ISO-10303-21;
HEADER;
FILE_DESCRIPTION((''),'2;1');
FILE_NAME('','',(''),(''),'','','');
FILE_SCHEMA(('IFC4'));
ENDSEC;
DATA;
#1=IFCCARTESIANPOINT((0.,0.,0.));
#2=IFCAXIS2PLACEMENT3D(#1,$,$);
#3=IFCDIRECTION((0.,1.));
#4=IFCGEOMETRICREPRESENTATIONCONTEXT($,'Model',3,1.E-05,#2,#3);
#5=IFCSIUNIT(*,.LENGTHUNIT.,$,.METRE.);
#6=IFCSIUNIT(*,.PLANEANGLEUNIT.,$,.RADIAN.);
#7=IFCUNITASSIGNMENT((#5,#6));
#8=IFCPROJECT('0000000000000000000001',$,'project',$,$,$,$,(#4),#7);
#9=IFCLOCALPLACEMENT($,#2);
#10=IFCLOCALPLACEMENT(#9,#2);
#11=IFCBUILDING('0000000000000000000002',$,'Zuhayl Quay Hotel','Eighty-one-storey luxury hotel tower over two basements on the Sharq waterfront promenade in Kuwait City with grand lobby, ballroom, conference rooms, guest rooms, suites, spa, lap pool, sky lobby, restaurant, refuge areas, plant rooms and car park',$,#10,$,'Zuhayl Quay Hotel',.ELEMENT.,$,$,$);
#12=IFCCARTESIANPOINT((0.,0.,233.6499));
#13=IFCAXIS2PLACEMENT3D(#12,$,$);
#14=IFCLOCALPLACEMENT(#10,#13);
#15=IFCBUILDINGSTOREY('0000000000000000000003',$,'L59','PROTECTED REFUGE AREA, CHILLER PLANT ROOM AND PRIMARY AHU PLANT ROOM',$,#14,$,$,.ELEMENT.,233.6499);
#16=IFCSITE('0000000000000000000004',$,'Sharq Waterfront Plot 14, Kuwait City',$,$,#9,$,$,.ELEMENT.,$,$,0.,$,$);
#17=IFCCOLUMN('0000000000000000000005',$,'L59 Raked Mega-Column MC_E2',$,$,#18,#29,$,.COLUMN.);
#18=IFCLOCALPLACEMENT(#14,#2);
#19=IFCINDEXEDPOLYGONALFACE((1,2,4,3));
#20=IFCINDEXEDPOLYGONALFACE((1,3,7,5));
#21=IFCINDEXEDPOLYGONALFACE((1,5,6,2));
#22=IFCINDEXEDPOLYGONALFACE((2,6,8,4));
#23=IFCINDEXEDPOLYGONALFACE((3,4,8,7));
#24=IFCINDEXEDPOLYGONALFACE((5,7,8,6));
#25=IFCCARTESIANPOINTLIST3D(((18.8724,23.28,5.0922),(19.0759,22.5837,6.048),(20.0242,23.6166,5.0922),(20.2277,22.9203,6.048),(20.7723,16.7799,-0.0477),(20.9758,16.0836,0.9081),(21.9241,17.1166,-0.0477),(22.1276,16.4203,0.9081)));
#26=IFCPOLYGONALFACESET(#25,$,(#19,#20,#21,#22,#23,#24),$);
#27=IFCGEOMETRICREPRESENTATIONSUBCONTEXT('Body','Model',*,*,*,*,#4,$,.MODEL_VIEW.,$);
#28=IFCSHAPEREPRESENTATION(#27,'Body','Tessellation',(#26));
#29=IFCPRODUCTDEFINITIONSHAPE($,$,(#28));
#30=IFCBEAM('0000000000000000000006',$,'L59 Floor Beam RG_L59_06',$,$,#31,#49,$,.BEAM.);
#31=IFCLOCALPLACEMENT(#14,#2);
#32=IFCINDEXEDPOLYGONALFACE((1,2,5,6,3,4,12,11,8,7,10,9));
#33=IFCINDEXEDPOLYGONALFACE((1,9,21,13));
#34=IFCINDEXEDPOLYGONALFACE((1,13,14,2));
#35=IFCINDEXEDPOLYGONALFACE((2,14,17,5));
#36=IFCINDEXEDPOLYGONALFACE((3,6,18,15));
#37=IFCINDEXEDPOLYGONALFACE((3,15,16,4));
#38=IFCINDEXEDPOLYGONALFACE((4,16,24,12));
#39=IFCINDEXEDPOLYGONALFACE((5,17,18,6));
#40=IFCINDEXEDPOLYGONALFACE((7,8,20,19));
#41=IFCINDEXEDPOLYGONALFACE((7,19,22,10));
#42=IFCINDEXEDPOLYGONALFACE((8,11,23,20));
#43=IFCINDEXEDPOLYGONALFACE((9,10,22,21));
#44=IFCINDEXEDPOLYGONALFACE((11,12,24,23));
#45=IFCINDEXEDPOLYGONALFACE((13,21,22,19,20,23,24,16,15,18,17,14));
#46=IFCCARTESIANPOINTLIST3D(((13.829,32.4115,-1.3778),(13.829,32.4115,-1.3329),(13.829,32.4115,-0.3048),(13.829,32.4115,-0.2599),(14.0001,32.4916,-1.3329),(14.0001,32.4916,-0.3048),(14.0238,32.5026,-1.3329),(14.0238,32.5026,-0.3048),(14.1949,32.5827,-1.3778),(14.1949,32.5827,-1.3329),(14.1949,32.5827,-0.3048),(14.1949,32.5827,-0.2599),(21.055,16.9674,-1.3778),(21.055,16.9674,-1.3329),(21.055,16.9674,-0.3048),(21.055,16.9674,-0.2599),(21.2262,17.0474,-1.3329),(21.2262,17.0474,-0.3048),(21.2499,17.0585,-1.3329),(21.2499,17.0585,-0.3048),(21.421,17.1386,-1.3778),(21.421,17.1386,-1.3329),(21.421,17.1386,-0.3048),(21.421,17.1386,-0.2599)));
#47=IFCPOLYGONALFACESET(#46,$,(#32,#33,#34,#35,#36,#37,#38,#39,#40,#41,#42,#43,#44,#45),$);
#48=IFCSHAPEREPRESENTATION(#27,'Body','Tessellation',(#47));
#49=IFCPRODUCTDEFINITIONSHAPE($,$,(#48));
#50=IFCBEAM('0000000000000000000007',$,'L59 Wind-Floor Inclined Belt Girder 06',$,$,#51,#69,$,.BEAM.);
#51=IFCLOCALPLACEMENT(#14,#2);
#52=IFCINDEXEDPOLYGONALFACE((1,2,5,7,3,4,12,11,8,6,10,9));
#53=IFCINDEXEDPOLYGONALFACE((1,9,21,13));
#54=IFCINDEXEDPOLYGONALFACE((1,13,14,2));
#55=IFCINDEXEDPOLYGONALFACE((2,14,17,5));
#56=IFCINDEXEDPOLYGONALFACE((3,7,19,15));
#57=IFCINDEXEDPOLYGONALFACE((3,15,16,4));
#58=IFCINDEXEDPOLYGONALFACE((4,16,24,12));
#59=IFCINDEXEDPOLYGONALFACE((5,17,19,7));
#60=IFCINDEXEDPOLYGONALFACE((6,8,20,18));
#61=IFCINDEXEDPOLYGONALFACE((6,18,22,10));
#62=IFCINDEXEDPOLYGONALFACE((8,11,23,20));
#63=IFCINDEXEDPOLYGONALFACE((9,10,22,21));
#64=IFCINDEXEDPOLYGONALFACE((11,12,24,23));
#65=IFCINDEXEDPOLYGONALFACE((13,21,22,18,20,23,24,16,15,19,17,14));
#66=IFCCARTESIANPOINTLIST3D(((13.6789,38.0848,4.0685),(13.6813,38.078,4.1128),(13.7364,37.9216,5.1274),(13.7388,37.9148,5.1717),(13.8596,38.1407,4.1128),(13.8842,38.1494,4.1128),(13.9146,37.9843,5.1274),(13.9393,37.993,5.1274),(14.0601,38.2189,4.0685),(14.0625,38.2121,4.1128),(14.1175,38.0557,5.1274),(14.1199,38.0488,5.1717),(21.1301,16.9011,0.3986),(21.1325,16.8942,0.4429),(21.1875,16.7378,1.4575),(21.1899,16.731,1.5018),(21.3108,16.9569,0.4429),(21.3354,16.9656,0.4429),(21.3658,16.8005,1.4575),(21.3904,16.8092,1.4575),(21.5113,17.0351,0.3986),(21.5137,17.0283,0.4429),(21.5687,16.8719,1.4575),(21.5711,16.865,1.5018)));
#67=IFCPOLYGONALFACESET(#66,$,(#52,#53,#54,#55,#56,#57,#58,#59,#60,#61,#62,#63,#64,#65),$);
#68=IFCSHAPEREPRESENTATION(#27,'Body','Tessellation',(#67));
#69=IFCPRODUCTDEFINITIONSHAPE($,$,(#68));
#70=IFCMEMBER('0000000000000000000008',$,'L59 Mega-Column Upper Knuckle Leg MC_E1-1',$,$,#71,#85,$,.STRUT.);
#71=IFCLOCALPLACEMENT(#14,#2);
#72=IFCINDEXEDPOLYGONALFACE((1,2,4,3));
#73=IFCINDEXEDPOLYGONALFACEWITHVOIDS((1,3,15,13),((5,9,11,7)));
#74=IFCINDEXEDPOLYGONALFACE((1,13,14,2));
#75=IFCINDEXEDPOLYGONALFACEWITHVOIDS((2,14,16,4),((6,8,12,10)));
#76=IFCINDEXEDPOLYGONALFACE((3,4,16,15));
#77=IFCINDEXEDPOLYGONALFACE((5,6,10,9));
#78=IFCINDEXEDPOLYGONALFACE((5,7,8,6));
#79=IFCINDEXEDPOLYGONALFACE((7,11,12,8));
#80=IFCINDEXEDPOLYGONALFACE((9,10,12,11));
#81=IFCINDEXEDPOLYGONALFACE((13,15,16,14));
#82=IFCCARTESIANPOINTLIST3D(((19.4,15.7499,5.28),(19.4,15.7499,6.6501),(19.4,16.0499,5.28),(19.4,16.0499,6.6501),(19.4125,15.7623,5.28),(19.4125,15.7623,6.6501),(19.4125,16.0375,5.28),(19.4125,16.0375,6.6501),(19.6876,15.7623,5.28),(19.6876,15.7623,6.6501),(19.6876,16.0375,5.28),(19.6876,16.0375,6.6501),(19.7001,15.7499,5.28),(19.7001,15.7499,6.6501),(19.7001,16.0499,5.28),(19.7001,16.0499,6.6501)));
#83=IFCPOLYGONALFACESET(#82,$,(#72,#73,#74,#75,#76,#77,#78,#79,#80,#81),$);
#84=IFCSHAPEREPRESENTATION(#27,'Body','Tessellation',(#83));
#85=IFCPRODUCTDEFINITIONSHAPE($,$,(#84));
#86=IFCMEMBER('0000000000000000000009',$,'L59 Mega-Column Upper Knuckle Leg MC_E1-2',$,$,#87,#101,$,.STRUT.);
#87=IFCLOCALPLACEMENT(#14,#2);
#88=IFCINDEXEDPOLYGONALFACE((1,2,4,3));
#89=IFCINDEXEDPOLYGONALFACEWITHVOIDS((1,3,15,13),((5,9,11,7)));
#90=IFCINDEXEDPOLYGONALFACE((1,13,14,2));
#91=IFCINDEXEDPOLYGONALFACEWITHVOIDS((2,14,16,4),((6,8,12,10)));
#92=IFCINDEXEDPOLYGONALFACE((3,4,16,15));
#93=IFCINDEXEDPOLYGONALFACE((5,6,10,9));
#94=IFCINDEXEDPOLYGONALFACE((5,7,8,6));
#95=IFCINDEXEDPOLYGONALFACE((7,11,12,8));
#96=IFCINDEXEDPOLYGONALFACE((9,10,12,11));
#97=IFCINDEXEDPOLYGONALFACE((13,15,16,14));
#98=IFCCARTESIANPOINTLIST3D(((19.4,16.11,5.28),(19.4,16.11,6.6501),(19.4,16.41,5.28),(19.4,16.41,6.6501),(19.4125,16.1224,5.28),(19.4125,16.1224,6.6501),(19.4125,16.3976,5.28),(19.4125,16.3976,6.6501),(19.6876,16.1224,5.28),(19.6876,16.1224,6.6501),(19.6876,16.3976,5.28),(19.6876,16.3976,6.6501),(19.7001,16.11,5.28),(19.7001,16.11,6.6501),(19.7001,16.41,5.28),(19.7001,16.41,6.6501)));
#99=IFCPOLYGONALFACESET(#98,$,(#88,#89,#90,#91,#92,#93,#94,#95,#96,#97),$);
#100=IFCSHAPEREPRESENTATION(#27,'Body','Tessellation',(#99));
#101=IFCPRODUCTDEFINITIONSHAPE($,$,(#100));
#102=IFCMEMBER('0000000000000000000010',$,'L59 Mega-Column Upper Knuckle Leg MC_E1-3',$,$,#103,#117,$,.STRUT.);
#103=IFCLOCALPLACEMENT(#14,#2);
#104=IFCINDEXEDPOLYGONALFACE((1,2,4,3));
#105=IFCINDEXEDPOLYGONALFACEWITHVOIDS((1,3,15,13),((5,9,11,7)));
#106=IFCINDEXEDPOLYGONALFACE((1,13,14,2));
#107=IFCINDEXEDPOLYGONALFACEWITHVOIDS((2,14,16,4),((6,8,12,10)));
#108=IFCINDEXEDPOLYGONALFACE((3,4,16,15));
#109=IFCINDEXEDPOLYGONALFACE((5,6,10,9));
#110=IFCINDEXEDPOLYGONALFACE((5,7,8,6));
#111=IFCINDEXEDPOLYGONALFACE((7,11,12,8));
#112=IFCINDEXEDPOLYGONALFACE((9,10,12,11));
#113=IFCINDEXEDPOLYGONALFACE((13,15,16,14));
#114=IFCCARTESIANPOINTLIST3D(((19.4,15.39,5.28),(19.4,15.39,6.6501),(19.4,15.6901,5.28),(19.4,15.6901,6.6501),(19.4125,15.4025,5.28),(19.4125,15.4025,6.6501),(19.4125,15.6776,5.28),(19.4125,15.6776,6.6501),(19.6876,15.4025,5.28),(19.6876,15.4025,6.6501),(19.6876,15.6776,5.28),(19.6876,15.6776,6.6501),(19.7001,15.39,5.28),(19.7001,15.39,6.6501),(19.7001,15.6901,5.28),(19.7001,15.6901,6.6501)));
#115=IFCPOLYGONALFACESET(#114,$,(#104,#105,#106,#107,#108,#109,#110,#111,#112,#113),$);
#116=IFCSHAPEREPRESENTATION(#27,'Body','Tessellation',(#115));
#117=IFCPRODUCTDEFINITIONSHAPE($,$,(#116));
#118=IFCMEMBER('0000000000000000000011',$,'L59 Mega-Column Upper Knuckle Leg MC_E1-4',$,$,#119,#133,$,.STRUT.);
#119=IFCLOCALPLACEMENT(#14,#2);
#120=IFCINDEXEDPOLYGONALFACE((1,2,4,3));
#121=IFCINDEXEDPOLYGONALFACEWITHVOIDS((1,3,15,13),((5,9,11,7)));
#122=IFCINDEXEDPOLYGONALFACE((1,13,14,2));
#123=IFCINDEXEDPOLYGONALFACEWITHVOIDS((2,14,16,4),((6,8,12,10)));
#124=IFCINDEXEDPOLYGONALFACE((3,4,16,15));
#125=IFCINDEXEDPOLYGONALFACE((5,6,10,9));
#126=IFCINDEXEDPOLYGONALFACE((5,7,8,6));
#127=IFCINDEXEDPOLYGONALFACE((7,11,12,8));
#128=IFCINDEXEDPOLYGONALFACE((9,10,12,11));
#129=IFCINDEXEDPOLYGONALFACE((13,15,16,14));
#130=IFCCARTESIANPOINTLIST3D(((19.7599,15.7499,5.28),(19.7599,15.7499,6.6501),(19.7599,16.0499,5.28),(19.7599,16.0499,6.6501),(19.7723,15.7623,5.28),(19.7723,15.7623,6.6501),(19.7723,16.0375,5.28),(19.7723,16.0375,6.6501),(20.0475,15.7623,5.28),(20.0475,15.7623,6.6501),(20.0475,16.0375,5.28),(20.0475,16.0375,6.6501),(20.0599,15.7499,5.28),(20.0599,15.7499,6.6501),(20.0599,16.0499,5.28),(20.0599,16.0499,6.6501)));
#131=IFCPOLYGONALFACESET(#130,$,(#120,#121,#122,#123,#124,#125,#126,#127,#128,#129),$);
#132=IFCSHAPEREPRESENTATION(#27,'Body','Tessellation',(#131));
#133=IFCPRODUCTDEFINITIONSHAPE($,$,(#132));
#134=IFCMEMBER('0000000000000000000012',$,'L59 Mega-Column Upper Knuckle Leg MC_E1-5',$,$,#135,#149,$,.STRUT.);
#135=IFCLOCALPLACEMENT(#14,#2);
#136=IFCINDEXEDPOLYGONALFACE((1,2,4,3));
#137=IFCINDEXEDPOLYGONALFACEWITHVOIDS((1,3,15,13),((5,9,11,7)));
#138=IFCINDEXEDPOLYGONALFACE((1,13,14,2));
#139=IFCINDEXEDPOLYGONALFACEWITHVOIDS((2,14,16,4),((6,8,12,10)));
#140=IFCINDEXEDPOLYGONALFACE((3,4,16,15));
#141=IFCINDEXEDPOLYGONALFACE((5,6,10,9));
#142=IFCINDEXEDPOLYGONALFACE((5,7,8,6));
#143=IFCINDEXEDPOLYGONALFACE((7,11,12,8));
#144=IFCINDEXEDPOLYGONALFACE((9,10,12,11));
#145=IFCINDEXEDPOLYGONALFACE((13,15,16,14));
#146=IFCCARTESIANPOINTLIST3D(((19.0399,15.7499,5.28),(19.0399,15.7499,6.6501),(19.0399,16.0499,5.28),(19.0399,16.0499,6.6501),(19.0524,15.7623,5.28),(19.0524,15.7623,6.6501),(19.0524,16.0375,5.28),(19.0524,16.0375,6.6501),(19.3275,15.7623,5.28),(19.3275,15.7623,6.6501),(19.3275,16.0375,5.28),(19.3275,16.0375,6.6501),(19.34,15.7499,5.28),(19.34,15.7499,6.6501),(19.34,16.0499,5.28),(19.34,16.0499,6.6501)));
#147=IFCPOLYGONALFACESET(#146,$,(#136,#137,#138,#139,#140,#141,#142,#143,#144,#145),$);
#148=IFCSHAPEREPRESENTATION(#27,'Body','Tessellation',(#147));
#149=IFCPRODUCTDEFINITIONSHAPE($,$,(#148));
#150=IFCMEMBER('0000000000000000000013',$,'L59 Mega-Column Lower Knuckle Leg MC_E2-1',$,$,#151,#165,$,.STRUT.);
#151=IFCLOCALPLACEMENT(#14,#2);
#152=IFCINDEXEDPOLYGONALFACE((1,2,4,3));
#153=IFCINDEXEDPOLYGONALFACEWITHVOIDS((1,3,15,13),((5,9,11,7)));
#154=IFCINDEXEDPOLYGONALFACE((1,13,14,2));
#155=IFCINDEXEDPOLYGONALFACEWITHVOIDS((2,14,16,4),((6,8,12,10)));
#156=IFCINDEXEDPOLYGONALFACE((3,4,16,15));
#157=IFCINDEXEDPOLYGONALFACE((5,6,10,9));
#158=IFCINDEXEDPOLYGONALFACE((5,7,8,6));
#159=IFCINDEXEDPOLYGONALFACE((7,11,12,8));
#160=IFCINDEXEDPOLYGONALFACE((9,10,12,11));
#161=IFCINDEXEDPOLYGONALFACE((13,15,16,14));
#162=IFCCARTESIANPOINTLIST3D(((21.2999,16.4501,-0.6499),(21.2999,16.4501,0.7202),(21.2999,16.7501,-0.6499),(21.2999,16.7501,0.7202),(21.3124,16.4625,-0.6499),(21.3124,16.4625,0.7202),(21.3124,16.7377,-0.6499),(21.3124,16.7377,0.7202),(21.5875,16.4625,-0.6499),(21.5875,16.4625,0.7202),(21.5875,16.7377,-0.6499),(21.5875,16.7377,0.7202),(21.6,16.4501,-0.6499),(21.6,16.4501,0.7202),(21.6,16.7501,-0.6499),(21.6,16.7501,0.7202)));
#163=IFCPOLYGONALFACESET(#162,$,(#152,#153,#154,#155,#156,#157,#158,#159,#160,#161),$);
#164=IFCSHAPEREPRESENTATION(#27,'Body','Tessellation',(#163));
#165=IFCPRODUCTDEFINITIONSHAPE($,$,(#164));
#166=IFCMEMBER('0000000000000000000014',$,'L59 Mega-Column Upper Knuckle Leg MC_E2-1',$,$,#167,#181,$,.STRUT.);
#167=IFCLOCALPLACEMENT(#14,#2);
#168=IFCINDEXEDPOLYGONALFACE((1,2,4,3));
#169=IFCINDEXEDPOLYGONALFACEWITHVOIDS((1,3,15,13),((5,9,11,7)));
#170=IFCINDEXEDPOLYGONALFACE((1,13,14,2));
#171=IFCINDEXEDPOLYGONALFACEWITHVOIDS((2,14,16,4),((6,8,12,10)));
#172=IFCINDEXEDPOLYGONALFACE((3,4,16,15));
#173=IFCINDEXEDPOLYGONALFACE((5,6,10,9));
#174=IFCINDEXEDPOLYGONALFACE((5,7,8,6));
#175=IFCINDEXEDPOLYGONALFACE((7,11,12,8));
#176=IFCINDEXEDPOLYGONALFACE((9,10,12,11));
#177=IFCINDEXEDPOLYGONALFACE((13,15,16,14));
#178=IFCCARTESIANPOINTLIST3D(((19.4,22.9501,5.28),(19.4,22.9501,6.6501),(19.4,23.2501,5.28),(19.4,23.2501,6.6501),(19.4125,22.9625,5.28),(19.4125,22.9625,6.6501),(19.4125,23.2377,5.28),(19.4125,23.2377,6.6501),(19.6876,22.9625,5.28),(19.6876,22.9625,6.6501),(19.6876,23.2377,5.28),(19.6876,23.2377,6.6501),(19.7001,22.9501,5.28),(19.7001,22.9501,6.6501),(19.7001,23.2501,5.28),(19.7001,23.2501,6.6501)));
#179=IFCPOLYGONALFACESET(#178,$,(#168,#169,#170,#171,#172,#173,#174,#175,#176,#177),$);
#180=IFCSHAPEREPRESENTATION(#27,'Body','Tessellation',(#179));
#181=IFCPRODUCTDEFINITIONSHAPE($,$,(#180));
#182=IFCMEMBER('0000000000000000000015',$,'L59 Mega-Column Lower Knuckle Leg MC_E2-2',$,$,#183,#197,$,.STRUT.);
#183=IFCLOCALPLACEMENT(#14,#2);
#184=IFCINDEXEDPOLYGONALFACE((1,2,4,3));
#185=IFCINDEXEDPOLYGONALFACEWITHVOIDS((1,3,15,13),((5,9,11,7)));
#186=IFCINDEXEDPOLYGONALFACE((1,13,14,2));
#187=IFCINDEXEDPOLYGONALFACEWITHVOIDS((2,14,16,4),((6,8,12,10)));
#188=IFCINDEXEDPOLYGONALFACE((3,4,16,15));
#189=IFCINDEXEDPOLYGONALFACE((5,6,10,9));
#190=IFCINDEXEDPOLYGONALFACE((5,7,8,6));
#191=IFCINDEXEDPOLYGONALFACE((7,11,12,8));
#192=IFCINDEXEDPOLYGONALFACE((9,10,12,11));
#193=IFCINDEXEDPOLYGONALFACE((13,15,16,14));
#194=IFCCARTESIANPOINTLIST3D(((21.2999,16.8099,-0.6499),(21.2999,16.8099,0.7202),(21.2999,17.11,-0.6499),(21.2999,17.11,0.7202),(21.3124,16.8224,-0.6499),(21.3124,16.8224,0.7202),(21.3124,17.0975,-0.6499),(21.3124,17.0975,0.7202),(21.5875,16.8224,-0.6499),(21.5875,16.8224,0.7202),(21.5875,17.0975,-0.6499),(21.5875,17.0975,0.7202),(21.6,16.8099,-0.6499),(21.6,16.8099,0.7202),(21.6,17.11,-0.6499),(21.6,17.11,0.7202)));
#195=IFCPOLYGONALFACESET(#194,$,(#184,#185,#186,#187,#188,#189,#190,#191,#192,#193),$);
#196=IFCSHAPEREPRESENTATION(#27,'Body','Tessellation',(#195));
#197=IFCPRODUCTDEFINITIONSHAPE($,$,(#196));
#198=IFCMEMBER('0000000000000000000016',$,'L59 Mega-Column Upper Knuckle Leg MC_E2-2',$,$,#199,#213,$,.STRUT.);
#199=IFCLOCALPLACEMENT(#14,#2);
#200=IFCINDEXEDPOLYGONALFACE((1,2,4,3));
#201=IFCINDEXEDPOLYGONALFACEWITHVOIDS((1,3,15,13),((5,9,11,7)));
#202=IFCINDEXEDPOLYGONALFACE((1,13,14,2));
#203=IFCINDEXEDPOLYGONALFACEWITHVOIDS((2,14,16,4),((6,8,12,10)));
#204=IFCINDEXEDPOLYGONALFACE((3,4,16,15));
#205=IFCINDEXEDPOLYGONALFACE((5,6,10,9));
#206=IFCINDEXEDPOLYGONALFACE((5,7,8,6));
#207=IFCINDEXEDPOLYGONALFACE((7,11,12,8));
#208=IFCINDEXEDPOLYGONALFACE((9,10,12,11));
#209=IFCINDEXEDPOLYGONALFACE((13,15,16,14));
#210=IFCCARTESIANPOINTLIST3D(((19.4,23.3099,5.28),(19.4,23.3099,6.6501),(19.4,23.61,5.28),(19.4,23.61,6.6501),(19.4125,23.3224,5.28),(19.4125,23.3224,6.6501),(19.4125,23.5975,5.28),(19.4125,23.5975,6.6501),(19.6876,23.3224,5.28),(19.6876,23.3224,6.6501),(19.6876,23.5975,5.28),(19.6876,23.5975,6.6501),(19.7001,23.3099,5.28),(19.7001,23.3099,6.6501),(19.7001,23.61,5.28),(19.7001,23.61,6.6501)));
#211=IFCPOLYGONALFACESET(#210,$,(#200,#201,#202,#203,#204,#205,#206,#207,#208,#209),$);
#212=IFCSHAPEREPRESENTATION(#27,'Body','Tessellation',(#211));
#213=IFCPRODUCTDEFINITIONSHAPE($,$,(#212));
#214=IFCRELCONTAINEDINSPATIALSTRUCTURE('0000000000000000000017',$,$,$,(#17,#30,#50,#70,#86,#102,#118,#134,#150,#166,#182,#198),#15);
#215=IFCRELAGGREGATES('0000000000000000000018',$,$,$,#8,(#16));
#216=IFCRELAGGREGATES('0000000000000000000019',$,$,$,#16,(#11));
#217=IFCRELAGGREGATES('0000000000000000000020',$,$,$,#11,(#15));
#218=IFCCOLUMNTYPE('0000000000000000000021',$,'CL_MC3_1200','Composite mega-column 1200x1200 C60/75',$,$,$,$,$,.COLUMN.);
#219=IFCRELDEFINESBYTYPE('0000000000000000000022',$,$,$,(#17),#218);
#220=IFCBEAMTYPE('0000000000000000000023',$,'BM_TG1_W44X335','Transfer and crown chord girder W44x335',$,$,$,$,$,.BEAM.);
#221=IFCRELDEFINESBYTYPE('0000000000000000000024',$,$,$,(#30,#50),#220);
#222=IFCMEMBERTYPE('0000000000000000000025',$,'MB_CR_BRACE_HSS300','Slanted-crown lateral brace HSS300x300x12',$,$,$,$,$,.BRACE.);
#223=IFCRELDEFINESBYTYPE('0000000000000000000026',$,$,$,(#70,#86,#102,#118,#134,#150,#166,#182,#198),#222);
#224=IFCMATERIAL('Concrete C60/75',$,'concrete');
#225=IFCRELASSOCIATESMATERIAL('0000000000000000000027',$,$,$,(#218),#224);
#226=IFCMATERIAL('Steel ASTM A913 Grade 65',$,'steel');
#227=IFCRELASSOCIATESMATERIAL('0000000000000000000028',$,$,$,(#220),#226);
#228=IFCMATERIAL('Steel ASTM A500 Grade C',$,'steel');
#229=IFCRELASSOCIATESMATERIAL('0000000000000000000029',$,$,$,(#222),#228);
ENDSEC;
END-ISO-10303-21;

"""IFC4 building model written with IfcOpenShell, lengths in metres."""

from ifc_helpers import new_model, si_unit, direction, frame, origin, origin_2d, place, context, subcontext, project, spatial, rectangle, hollow_rectangle, i_section, extrude, material, material_profile, profile_set, type_object, element, save


model = new_model("IFC4")

# Units and contexts
model_context = context("Model", 3, precision=1e-05, world=origin(), true_north=direction((0.0, 1.0)))
body_context = subcontext(model_context, "Body", "Model", "MODEL_VIEW")
ifc_project = project(units=[si_unit("LENGTHUNIT", "METRE"), si_unit("PLANEANGLEUNIT", "RADIAN")], contexts=[model_context])

# Site, building, storey
site_placement = place(None, origin())
site = spatial("IfcSite", under=ifc_project, at=site_placement, Name="Sharq Waterfront Plot 14, Kuwait City", CompositionType="ELEMENT", RefElevation=0.0)
building_placement = place(site_placement, origin())
building = spatial("IfcBuilding", under=site, at=building_placement, Name="Zuhayl Quay Hotel", Description="Eighty-one-storey luxury hotel tower over two basements on the Sharq waterfront promenade in Kuwait City with grand lobby, ballroom, conference rooms, guest rooms, suites, spa, lap pool, sky lobby, restaurant, refuge areas, plant rooms and car park", LongName="Zuhayl Quay Hotel", CompositionType="ELEMENT")
storey_placement = place(building_placement, frame((0.0, 0.0, 233.6499)))
storey = spatial("IfcBuildingStorey", under=building, at=storey_placement, Name="L59", Description="PROTECTED REFUGE AREA, CHILLER PLANT ROOM AND PRIMARY AHU PLANT ROOM", CompositionType="ELEMENT", Elevation=233.6499)

# Column
ifc_material_1 = material(Name="Concrete C60/75", Category="concrete")
ifc_material_profile_1 = material_profile(ifc_material_1, rectangle(XDim=1.2, YDim=1.2, at=origin_2d()), Name="RC1200X1200")
ifc_profile_set_1 = profile_set([ifc_material_profile_1], Name="Concrete C60/75")
column_type = type_object("IfcColumnType", Name="CL_MC3_1200", Description="Composite mega-column 1200x1200 C60/75", PredefinedType="COLUMN", material=ifc_profile_set_1)
column_placement = place(storey_placement, frame((21.45, 16.6001, 0.4302), z_axis=(-0.223474, 0.764557, 0.604576), x_axis=(-0.959838, -0.280554, 0.0)))
element("IfcColumn", 1, at=column_placement, inside=storey, type_object=column_type, Name="L59 Raked Mega-Column MC_E2", PredefinedType="COLUMN", context=body_context, shape_type="SweptSolid", body=[
    extrude(rectangle(XDim=1.2, YDim=1.2, at=origin_2d()), origin(), (0.0, 0.0, 1.0), 8.5017),
])

# Beams
ifc_material_2 = material(Name="Steel ASTM A913 Grade 65", Category="steel")
ifc_material_profile_2 = material_profile(ifc_material_2, i_section(OverallWidth=0.4041, OverallDepth=1.1179, WebThickness=0.0261, FlangeThickness=0.0449, at=origin_2d()), Name="W44X335")
ifc_profile_set_2 = profile_set([ifc_material_profile_2], Name="Steel ASTM A913 Grade 65")
beam_type = type_object("IfcBeamType", Name="BM_TG1_W44X335", Description="Transfer and crown chord girder W44x335", PredefinedType="BEAM", material=ifc_profile_set_2)
beam_1_placement = place(storey_placement, frame((21.238, 17.053, -0.8188), z_axis=(-0.423792, 0.905759, 0.0), x_axis=(-0.905759, -0.423792, 0.0)))
element("IfcBeam", 2, at=beam_1_placement, inside=storey, type_object=beam_type, Name="L59 Floor Beam RG_L59_06", PredefinedType="BEAM", context=body_context, shape_type="SweptSolid", body=[
    extrude(i_section(OverallWidth=0.4041, OverallDepth=1.1179, WebThickness=0.0261, FlangeThickness=0.0449, at=origin_2d()), origin(), (0.0, 0.0, 1.0), 17.051),
])
beam_2_placement = place(storey_placement, frame((21.3506, 16.8831, 0.9502), z_axis=(-0.327467, 0.930995, 0.161287), x_axis=(-0.943346, -0.331811, 0.0)))
element("IfcBeam", 3, at=beam_2_placement, inside=storey, type_object=beam_type, Name="L59 Wind-Floor Inclined Belt Girder 06", PredefinedType="BEAM", context=body_context, shape_type="SweptSolid", body=[
    extrude(i_section(OverallWidth=0.4041, OverallDepth=1.1179, WebThickness=0.0261, FlangeThickness=0.0449, at=origin_2d()), origin(), (0.0, 0.0, 1.0), 22.7539),
])

# Members
ifc_material_3 = material(Name="Steel ASTM A500 Grade C", Category="steel")
ifc_material_profile_3 = material_profile(ifc_material_3, hollow_rectangle(XDim=0.3, YDim=0.3, WallThickness=0.0125, at=origin_2d()), Name="HSS300X300X12")
ifc_profile_set_3 = profile_set([ifc_material_profile_3], Name="Steel ASTM A500 Grade C")
member_type_1 = type_object("IfcMemberType", Name="MB_CR_BRACE_HSS300", Description="Slanted-crown lateral brace HSS300x300x12", PredefinedType="BRACE", material=ifc_profile_set_3)
for number, where, z_axis, x_axis, name in (
    (4, (19.55, 15.8999, 5.28), (0.0, 0.0, 1.0), (1.0, 0.0, 0.0), "L59 Mega-Column Upper Knuckle Leg MC_E1-1"),
    (5, (19.55, 16.26, 5.28), (0.0, 0.0, 1.0), (1.0, 0.0, 0.0), "L59 Mega-Column Upper Knuckle Leg MC_E1-2"),
    (6, (19.55, 15.54, 5.28), (0.0, 0.0, 1.0), (1.0, 0.0, 0.0), "L59 Mega-Column Upper Knuckle Leg MC_E1-3"),
    (7, (19.9099, 15.8999, 5.28), (0.0, 0.0, 1.0), (1.0, 0.0, 0.0), "L59 Mega-Column Upper Knuckle Leg MC_E1-4"),
    (8, (19.1899, 15.8999, 5.28), (0.0, 0.0, 1.0), (1.0, 0.0, 0.0), "L59 Mega-Column Upper Knuckle Leg MC_E1-5"),
    (9, (21.45, 16.6001, -0.6499), (0.0, 0.0, 1.0), (1.0, 0.0, 0.0), "L59 Mega-Column Lower Knuckle Leg MC_E2-1"),
    (10, (19.55, 23.1001, 5.28), (0.0, 0.0, 1.0), (1.0, 0.0, 0.0), "L59 Mega-Column Upper Knuckle Leg MC_E2-1"),
    (11, (21.45, 16.96, -0.6499), (0.0, 0.0, 1.0), (1.0, 0.0, 0.0), "L59 Mega-Column Lower Knuckle Leg MC_E2-2"),
    (12, (19.55, 23.46, 5.28), (0.0, 0.0, 1.0), (1.0, 0.0, 0.0), "L59 Mega-Column Upper Knuckle Leg MC_E2-2"),
):
    element("IfcMember", number, at=place(storey_placement, frame(where, z_axis=z_axis, x_axis=x_axis)), inside=storey, type_object=member_type_1, Name=name, PredefinedType="STRUT", context=body_context, shape_type="SweptSolid", body=[
        extrude(hollow_rectangle(XDim=0.3, YDim=0.3, WallThickness=0.0125, at=origin_2d()), origin(), (0.0, 0.0, 1.0), 1.3701),
    ])

save(model, "model.ifc")
